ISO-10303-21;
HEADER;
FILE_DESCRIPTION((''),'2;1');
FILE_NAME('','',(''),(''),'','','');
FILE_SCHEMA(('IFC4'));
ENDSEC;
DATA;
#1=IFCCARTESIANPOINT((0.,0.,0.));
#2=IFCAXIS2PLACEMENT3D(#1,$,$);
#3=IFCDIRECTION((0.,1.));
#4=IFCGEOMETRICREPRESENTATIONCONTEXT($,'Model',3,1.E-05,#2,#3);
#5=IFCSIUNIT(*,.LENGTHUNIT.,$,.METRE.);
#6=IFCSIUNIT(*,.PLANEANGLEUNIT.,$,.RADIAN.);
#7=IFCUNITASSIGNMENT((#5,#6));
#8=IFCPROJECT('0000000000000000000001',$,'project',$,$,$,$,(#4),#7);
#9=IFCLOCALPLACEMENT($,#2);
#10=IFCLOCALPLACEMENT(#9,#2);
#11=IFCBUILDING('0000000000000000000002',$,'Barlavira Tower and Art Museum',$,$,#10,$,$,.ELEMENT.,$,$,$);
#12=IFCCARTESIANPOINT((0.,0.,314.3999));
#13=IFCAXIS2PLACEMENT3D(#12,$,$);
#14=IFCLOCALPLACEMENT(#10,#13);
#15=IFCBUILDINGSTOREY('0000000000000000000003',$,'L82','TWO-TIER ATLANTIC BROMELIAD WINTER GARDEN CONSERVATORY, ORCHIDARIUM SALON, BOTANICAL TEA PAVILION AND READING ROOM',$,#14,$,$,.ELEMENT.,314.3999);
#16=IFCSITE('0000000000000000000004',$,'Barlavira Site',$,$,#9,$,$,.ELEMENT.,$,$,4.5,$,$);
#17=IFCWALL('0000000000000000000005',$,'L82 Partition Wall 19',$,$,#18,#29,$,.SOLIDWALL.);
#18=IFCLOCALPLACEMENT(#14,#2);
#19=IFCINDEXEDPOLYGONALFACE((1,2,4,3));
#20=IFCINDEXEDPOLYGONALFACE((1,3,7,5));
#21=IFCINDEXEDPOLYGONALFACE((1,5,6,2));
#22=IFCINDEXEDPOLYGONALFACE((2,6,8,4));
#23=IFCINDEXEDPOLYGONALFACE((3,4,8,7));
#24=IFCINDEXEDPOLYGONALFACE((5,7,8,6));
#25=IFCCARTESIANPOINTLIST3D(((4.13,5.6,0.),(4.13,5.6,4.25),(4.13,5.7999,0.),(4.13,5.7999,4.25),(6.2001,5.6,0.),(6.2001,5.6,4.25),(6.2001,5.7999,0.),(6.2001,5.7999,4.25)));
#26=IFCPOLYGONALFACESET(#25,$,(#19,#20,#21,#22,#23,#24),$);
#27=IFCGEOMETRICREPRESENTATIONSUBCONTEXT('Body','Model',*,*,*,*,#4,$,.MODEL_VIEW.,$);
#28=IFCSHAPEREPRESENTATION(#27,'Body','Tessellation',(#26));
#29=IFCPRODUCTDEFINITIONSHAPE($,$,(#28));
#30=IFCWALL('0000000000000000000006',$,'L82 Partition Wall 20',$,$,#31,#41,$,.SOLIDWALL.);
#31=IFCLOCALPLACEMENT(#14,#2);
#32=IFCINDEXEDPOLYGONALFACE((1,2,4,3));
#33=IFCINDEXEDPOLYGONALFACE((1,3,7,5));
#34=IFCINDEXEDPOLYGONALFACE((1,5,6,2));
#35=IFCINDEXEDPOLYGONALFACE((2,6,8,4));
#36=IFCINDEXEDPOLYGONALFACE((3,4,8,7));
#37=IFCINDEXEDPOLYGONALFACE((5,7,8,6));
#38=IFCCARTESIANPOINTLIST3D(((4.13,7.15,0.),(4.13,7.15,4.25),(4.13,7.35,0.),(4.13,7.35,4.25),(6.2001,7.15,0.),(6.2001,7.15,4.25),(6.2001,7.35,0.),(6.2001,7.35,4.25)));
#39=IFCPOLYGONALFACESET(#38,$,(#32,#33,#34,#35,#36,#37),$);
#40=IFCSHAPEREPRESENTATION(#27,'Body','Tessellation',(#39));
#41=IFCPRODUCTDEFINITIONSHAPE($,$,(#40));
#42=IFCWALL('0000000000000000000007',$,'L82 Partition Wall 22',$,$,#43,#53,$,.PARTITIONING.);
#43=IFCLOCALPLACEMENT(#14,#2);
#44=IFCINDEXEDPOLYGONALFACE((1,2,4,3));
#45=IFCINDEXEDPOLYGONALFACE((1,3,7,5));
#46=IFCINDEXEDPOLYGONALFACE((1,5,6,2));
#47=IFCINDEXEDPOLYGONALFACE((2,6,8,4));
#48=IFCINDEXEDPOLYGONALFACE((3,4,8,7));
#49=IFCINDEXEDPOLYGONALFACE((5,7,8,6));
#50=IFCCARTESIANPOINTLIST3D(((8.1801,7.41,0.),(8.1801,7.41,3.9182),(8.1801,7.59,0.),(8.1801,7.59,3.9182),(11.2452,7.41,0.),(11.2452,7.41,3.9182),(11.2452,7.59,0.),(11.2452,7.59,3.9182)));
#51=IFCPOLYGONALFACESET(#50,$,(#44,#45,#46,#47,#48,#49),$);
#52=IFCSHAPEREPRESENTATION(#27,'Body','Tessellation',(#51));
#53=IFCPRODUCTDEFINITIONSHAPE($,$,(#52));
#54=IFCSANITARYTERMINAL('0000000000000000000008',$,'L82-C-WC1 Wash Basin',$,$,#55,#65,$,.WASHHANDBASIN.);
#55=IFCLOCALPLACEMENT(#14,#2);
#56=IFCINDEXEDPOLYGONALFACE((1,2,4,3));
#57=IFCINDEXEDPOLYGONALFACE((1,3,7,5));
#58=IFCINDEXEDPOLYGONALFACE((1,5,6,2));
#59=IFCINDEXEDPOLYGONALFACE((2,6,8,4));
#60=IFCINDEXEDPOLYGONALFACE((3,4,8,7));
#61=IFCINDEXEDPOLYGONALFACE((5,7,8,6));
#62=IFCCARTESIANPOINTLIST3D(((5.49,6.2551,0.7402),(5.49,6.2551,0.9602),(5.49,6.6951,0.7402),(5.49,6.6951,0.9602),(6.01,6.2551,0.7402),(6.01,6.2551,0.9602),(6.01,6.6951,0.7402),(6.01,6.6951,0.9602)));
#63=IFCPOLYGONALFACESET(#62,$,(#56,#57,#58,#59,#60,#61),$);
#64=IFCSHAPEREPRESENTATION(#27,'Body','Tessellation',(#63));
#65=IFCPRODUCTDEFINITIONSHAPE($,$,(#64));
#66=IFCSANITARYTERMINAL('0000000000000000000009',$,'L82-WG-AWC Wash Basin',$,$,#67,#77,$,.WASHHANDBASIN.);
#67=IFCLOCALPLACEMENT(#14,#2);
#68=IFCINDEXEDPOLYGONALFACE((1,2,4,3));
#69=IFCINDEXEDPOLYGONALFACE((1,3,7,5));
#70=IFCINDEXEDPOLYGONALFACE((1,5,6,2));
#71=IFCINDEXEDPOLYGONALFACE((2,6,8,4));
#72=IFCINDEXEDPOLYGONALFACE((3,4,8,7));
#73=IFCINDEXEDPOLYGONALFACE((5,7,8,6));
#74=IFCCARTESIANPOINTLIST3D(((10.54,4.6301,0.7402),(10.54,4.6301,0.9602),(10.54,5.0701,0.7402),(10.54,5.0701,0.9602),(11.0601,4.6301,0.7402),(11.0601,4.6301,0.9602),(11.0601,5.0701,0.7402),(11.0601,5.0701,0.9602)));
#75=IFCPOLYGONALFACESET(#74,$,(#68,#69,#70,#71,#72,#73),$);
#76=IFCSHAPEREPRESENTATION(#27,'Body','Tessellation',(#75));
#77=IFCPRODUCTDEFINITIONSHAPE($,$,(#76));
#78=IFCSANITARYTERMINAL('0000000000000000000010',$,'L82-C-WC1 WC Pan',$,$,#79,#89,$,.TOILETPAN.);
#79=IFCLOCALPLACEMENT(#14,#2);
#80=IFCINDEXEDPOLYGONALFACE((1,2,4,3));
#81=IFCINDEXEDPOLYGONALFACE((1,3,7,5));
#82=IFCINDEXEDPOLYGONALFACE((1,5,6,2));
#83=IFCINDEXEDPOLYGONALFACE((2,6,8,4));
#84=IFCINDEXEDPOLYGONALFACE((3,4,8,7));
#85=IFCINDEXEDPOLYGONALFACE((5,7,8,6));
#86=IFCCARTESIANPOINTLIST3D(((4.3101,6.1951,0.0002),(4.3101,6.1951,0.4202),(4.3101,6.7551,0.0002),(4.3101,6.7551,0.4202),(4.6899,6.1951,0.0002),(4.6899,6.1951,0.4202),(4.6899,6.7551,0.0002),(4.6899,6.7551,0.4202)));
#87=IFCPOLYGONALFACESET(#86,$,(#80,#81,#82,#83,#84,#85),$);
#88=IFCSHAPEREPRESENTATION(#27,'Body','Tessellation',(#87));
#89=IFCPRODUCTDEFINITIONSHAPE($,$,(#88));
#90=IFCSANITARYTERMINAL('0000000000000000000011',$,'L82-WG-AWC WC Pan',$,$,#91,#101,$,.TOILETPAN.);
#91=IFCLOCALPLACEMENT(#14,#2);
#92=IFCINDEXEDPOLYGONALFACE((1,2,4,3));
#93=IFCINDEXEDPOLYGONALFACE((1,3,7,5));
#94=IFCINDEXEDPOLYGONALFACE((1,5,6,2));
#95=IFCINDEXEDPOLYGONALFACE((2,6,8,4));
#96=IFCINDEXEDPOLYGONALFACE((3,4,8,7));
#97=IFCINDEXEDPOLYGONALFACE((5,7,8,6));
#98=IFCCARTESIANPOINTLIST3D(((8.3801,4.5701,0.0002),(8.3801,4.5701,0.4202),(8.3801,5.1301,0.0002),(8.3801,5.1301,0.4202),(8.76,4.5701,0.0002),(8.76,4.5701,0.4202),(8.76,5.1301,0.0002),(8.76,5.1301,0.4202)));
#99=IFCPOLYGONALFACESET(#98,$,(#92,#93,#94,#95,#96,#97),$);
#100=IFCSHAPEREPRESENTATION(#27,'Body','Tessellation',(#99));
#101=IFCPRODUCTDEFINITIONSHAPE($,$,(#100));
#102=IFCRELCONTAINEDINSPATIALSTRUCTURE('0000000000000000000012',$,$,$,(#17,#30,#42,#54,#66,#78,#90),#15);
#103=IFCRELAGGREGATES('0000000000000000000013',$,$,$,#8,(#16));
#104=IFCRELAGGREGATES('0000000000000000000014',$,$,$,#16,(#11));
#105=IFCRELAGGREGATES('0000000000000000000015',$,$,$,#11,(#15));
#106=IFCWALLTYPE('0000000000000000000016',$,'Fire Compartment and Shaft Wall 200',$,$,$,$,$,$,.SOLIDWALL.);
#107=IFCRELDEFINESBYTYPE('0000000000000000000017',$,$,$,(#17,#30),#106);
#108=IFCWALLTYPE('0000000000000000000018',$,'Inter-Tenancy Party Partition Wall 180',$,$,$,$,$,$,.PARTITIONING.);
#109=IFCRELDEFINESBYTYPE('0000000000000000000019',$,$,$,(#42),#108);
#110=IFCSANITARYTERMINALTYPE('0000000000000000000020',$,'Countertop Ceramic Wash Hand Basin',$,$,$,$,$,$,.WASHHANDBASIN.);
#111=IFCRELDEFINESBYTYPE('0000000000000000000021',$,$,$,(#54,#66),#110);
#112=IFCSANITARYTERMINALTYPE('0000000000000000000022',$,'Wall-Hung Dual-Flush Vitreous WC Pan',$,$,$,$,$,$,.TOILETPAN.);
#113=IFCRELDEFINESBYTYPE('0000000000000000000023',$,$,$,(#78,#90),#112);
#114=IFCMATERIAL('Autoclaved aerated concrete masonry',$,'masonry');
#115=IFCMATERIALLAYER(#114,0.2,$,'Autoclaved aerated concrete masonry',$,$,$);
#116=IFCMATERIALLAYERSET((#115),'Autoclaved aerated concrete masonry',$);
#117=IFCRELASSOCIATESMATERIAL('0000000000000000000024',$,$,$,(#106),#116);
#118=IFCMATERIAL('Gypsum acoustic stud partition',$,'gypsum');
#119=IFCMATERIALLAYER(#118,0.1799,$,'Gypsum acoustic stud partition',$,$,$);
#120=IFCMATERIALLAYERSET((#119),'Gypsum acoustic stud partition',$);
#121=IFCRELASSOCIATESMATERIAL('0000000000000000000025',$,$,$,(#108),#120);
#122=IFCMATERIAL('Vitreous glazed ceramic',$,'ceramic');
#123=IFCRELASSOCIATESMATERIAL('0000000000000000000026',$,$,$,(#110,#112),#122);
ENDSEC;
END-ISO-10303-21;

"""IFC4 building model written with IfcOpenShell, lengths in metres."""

from ifc_helpers import new_model, si_unit, direction, frame, frame_2d, origin, origin_2d, place, context, subcontext, project, spatial, rectangle, extrude, material, layer, layer_set, type_object, element, save


model = new_model("IFC4")

# Units and contexts
model_context = context("Model", 3, precision=1e-05, world=origin(), true_north=direction((0.0, 1.0)))
body_context = subcontext(model_context, "Body", "Model", "MODEL_VIEW")
ifc_project = project(units=[si_unit("LENGTHUNIT", "METRE"), si_unit("PLANEANGLEUNIT", "RADIAN")], contexts=[model_context])

# Site, building, storey
site_placement = place(None, origin())
site = spatial("IfcSite", under=ifc_project, at=site_placement, Name="Barlavira Site", CompositionType="ELEMENT", RefElevation=4.5)
building_placement = place(site_placement, origin())
building = spatial("IfcBuilding", under=site, at=building_placement, Name="Barlavira Tower and Art Museum", CompositionType="ELEMENT")
storey_placement = place(building_placement, frame((0.0, 0.0, 314.3999)))
storey = spatial("IfcBuildingStorey", under=building, at=storey_placement, Name="L82", Description="TWO-TIER ATLANTIC BROMELIAD WINTER GARDEN CONSERVATORY, ORCHIDARIUM SALON, BOTANICAL TEA PAVILION AND READING ROOM", CompositionType="ELEMENT", Elevation=314.3999)

# Walls
ifc_material_1 = material(Name="Autoclaved aerated concrete masonry", Category="masonry")
ifc_layer_1 = layer(ifc_material_1, 0.2, Name="Autoclaved aerated concrete masonry")
ifc_layer_set_1 = layer_set([ifc_layer_1], Name="Autoclaved aerated concrete masonry")
wall_type_1 = type_object("IfcWallType", Name="Fire Compartment and Shaft Wall 200", PredefinedType="SOLIDWALL", material=ifc_layer_set_1)
for number, where, z_axis, x_axis, name in (
    (1, (4.1299, 5.7, 0.0), (0.0, 0.0, 1.0), (1.0, 0.0, 0.0), "L82 Partition Wall 19"),
    (2, (4.1299, 7.25, 0.0), (0.0, 0.0, 1.0), (1.0, 0.0, 0.0), "L82 Partition Wall 20"),
):
    element("IfcWall", number, at=place(storey_placement, frame(where, z_axis=z_axis, x_axis=x_axis)), inside=storey, type_object=wall_type_1, Name=name, PredefinedType="SOLIDWALL", context=body_context, shape_type="SweptSolid", body=[
        extrude(rectangle(XDim=2.0701, YDim=0.2, at=frame_2d((1.0352, 0.0))), origin(), (0.0, 0.0, 1.0), 4.25),
    ])
ifc_material_2 = material(Name="Gypsum acoustic stud partition", Category="gypsum")
ifc_layer_2 = layer(ifc_material_2, 0.1799, Name="Gypsum acoustic stud partition")
ifc_layer_set_2 = layer_set([ifc_layer_2], Name="Gypsum acoustic stud partition")
wall_type_2 = type_object("IfcWallType", Name="Inter-Tenancy Party Partition Wall 180", PredefinedType="PARTITIONING", material=ifc_layer_set_2)
wall_1_placement = place(storey_placement, frame((8.1799, 7.5, 0.0), z_axis=(0.0, 0.0, 1.0), x_axis=(1.0, 0.0, 0.0)))
element("IfcWall", 3, at=wall_1_placement, inside=storey, type_object=wall_type_2, Name="L82 Partition Wall 22", PredefinedType="PARTITIONING", context=body_context, shape_type="SweptSolid", body=[
    extrude(rectangle(XDim=3.0652, YDim=0.1799, at=frame_2d((1.5327, 0.0))), origin(), (0.0, 0.0, 1.0), 3.9182),
])

# Sanitary terminals
ifc_material_3 = material(Name="Vitreous glazed ceramic", Category="ceramic")
sanitary_terminal_type_1 = type_object("IfcSanitaryTerminalType", Name="Countertop Ceramic Wash Hand Basin", PredefinedType="WASHHANDBASIN", material=ifc_material_3)
for number, where, z_axis, x_axis, name in (
    (4, (5.75, 6.4751, 0.7402), (0.0, 0.0, 1.0), (1.0, 0.0, 0.0), "L82-C-WC1 Wash Basin"),
    (5, (10.8, 4.8501, 0.7402), (0.0, 0.0, 1.0), (1.0, 0.0, 0.0), "L82-WG-AWC Wash Basin"),
):
    element("IfcSanitaryTerminal", number, at=place(storey_placement, frame(where, z_axis=z_axis, x_axis=x_axis)), inside=storey, type_object=sanitary_terminal_type_1, Name=name, PredefinedType="WASHHANDBASIN", context=body_context, shape_type="SweptSolid", body=[
        extrude(rectangle(XDim=0.52, YDim=0.4399, at=origin_2d()), origin(), (0.0, 0.0, 1.0), 0.22),
    ])
sanitary_terminal_type_2 = type_object("IfcSanitaryTerminalType", Name="Wall-Hung Dual-Flush Vitreous WC Pan", PredefinedType="TOILETPAN", material=ifc_material_3)
for number, where, z_axis, x_axis, name in (
    (6, (4.5, 6.4751, 0.0002), (0.0, 0.0, 1.0), (1.0, 0.0, 0.0), "L82-C-WC1 WC Pan"),
    (7, (8.5701, 4.8501, 0.0002), (0.0, 0.0, 1.0), (1.0, 0.0, 0.0), "L82-WG-AWC WC Pan"),
):
    element("IfcSanitaryTerminal", number, at=place(storey_placement, frame(where, z_axis=z_axis, x_axis=x_axis)), inside=storey, type_object=sanitary_terminal_type_2, Name=name, PredefinedType="TOILETPAN", context=body_context, shape_type="SweptSolid", body=[
        extrude(rectangle(XDim=0.3799, YDim=0.5601, at=origin_2d()), origin(), (0.0, 0.0, 1.0), 0.4199),
    ])

save(model, "model.ifc")
